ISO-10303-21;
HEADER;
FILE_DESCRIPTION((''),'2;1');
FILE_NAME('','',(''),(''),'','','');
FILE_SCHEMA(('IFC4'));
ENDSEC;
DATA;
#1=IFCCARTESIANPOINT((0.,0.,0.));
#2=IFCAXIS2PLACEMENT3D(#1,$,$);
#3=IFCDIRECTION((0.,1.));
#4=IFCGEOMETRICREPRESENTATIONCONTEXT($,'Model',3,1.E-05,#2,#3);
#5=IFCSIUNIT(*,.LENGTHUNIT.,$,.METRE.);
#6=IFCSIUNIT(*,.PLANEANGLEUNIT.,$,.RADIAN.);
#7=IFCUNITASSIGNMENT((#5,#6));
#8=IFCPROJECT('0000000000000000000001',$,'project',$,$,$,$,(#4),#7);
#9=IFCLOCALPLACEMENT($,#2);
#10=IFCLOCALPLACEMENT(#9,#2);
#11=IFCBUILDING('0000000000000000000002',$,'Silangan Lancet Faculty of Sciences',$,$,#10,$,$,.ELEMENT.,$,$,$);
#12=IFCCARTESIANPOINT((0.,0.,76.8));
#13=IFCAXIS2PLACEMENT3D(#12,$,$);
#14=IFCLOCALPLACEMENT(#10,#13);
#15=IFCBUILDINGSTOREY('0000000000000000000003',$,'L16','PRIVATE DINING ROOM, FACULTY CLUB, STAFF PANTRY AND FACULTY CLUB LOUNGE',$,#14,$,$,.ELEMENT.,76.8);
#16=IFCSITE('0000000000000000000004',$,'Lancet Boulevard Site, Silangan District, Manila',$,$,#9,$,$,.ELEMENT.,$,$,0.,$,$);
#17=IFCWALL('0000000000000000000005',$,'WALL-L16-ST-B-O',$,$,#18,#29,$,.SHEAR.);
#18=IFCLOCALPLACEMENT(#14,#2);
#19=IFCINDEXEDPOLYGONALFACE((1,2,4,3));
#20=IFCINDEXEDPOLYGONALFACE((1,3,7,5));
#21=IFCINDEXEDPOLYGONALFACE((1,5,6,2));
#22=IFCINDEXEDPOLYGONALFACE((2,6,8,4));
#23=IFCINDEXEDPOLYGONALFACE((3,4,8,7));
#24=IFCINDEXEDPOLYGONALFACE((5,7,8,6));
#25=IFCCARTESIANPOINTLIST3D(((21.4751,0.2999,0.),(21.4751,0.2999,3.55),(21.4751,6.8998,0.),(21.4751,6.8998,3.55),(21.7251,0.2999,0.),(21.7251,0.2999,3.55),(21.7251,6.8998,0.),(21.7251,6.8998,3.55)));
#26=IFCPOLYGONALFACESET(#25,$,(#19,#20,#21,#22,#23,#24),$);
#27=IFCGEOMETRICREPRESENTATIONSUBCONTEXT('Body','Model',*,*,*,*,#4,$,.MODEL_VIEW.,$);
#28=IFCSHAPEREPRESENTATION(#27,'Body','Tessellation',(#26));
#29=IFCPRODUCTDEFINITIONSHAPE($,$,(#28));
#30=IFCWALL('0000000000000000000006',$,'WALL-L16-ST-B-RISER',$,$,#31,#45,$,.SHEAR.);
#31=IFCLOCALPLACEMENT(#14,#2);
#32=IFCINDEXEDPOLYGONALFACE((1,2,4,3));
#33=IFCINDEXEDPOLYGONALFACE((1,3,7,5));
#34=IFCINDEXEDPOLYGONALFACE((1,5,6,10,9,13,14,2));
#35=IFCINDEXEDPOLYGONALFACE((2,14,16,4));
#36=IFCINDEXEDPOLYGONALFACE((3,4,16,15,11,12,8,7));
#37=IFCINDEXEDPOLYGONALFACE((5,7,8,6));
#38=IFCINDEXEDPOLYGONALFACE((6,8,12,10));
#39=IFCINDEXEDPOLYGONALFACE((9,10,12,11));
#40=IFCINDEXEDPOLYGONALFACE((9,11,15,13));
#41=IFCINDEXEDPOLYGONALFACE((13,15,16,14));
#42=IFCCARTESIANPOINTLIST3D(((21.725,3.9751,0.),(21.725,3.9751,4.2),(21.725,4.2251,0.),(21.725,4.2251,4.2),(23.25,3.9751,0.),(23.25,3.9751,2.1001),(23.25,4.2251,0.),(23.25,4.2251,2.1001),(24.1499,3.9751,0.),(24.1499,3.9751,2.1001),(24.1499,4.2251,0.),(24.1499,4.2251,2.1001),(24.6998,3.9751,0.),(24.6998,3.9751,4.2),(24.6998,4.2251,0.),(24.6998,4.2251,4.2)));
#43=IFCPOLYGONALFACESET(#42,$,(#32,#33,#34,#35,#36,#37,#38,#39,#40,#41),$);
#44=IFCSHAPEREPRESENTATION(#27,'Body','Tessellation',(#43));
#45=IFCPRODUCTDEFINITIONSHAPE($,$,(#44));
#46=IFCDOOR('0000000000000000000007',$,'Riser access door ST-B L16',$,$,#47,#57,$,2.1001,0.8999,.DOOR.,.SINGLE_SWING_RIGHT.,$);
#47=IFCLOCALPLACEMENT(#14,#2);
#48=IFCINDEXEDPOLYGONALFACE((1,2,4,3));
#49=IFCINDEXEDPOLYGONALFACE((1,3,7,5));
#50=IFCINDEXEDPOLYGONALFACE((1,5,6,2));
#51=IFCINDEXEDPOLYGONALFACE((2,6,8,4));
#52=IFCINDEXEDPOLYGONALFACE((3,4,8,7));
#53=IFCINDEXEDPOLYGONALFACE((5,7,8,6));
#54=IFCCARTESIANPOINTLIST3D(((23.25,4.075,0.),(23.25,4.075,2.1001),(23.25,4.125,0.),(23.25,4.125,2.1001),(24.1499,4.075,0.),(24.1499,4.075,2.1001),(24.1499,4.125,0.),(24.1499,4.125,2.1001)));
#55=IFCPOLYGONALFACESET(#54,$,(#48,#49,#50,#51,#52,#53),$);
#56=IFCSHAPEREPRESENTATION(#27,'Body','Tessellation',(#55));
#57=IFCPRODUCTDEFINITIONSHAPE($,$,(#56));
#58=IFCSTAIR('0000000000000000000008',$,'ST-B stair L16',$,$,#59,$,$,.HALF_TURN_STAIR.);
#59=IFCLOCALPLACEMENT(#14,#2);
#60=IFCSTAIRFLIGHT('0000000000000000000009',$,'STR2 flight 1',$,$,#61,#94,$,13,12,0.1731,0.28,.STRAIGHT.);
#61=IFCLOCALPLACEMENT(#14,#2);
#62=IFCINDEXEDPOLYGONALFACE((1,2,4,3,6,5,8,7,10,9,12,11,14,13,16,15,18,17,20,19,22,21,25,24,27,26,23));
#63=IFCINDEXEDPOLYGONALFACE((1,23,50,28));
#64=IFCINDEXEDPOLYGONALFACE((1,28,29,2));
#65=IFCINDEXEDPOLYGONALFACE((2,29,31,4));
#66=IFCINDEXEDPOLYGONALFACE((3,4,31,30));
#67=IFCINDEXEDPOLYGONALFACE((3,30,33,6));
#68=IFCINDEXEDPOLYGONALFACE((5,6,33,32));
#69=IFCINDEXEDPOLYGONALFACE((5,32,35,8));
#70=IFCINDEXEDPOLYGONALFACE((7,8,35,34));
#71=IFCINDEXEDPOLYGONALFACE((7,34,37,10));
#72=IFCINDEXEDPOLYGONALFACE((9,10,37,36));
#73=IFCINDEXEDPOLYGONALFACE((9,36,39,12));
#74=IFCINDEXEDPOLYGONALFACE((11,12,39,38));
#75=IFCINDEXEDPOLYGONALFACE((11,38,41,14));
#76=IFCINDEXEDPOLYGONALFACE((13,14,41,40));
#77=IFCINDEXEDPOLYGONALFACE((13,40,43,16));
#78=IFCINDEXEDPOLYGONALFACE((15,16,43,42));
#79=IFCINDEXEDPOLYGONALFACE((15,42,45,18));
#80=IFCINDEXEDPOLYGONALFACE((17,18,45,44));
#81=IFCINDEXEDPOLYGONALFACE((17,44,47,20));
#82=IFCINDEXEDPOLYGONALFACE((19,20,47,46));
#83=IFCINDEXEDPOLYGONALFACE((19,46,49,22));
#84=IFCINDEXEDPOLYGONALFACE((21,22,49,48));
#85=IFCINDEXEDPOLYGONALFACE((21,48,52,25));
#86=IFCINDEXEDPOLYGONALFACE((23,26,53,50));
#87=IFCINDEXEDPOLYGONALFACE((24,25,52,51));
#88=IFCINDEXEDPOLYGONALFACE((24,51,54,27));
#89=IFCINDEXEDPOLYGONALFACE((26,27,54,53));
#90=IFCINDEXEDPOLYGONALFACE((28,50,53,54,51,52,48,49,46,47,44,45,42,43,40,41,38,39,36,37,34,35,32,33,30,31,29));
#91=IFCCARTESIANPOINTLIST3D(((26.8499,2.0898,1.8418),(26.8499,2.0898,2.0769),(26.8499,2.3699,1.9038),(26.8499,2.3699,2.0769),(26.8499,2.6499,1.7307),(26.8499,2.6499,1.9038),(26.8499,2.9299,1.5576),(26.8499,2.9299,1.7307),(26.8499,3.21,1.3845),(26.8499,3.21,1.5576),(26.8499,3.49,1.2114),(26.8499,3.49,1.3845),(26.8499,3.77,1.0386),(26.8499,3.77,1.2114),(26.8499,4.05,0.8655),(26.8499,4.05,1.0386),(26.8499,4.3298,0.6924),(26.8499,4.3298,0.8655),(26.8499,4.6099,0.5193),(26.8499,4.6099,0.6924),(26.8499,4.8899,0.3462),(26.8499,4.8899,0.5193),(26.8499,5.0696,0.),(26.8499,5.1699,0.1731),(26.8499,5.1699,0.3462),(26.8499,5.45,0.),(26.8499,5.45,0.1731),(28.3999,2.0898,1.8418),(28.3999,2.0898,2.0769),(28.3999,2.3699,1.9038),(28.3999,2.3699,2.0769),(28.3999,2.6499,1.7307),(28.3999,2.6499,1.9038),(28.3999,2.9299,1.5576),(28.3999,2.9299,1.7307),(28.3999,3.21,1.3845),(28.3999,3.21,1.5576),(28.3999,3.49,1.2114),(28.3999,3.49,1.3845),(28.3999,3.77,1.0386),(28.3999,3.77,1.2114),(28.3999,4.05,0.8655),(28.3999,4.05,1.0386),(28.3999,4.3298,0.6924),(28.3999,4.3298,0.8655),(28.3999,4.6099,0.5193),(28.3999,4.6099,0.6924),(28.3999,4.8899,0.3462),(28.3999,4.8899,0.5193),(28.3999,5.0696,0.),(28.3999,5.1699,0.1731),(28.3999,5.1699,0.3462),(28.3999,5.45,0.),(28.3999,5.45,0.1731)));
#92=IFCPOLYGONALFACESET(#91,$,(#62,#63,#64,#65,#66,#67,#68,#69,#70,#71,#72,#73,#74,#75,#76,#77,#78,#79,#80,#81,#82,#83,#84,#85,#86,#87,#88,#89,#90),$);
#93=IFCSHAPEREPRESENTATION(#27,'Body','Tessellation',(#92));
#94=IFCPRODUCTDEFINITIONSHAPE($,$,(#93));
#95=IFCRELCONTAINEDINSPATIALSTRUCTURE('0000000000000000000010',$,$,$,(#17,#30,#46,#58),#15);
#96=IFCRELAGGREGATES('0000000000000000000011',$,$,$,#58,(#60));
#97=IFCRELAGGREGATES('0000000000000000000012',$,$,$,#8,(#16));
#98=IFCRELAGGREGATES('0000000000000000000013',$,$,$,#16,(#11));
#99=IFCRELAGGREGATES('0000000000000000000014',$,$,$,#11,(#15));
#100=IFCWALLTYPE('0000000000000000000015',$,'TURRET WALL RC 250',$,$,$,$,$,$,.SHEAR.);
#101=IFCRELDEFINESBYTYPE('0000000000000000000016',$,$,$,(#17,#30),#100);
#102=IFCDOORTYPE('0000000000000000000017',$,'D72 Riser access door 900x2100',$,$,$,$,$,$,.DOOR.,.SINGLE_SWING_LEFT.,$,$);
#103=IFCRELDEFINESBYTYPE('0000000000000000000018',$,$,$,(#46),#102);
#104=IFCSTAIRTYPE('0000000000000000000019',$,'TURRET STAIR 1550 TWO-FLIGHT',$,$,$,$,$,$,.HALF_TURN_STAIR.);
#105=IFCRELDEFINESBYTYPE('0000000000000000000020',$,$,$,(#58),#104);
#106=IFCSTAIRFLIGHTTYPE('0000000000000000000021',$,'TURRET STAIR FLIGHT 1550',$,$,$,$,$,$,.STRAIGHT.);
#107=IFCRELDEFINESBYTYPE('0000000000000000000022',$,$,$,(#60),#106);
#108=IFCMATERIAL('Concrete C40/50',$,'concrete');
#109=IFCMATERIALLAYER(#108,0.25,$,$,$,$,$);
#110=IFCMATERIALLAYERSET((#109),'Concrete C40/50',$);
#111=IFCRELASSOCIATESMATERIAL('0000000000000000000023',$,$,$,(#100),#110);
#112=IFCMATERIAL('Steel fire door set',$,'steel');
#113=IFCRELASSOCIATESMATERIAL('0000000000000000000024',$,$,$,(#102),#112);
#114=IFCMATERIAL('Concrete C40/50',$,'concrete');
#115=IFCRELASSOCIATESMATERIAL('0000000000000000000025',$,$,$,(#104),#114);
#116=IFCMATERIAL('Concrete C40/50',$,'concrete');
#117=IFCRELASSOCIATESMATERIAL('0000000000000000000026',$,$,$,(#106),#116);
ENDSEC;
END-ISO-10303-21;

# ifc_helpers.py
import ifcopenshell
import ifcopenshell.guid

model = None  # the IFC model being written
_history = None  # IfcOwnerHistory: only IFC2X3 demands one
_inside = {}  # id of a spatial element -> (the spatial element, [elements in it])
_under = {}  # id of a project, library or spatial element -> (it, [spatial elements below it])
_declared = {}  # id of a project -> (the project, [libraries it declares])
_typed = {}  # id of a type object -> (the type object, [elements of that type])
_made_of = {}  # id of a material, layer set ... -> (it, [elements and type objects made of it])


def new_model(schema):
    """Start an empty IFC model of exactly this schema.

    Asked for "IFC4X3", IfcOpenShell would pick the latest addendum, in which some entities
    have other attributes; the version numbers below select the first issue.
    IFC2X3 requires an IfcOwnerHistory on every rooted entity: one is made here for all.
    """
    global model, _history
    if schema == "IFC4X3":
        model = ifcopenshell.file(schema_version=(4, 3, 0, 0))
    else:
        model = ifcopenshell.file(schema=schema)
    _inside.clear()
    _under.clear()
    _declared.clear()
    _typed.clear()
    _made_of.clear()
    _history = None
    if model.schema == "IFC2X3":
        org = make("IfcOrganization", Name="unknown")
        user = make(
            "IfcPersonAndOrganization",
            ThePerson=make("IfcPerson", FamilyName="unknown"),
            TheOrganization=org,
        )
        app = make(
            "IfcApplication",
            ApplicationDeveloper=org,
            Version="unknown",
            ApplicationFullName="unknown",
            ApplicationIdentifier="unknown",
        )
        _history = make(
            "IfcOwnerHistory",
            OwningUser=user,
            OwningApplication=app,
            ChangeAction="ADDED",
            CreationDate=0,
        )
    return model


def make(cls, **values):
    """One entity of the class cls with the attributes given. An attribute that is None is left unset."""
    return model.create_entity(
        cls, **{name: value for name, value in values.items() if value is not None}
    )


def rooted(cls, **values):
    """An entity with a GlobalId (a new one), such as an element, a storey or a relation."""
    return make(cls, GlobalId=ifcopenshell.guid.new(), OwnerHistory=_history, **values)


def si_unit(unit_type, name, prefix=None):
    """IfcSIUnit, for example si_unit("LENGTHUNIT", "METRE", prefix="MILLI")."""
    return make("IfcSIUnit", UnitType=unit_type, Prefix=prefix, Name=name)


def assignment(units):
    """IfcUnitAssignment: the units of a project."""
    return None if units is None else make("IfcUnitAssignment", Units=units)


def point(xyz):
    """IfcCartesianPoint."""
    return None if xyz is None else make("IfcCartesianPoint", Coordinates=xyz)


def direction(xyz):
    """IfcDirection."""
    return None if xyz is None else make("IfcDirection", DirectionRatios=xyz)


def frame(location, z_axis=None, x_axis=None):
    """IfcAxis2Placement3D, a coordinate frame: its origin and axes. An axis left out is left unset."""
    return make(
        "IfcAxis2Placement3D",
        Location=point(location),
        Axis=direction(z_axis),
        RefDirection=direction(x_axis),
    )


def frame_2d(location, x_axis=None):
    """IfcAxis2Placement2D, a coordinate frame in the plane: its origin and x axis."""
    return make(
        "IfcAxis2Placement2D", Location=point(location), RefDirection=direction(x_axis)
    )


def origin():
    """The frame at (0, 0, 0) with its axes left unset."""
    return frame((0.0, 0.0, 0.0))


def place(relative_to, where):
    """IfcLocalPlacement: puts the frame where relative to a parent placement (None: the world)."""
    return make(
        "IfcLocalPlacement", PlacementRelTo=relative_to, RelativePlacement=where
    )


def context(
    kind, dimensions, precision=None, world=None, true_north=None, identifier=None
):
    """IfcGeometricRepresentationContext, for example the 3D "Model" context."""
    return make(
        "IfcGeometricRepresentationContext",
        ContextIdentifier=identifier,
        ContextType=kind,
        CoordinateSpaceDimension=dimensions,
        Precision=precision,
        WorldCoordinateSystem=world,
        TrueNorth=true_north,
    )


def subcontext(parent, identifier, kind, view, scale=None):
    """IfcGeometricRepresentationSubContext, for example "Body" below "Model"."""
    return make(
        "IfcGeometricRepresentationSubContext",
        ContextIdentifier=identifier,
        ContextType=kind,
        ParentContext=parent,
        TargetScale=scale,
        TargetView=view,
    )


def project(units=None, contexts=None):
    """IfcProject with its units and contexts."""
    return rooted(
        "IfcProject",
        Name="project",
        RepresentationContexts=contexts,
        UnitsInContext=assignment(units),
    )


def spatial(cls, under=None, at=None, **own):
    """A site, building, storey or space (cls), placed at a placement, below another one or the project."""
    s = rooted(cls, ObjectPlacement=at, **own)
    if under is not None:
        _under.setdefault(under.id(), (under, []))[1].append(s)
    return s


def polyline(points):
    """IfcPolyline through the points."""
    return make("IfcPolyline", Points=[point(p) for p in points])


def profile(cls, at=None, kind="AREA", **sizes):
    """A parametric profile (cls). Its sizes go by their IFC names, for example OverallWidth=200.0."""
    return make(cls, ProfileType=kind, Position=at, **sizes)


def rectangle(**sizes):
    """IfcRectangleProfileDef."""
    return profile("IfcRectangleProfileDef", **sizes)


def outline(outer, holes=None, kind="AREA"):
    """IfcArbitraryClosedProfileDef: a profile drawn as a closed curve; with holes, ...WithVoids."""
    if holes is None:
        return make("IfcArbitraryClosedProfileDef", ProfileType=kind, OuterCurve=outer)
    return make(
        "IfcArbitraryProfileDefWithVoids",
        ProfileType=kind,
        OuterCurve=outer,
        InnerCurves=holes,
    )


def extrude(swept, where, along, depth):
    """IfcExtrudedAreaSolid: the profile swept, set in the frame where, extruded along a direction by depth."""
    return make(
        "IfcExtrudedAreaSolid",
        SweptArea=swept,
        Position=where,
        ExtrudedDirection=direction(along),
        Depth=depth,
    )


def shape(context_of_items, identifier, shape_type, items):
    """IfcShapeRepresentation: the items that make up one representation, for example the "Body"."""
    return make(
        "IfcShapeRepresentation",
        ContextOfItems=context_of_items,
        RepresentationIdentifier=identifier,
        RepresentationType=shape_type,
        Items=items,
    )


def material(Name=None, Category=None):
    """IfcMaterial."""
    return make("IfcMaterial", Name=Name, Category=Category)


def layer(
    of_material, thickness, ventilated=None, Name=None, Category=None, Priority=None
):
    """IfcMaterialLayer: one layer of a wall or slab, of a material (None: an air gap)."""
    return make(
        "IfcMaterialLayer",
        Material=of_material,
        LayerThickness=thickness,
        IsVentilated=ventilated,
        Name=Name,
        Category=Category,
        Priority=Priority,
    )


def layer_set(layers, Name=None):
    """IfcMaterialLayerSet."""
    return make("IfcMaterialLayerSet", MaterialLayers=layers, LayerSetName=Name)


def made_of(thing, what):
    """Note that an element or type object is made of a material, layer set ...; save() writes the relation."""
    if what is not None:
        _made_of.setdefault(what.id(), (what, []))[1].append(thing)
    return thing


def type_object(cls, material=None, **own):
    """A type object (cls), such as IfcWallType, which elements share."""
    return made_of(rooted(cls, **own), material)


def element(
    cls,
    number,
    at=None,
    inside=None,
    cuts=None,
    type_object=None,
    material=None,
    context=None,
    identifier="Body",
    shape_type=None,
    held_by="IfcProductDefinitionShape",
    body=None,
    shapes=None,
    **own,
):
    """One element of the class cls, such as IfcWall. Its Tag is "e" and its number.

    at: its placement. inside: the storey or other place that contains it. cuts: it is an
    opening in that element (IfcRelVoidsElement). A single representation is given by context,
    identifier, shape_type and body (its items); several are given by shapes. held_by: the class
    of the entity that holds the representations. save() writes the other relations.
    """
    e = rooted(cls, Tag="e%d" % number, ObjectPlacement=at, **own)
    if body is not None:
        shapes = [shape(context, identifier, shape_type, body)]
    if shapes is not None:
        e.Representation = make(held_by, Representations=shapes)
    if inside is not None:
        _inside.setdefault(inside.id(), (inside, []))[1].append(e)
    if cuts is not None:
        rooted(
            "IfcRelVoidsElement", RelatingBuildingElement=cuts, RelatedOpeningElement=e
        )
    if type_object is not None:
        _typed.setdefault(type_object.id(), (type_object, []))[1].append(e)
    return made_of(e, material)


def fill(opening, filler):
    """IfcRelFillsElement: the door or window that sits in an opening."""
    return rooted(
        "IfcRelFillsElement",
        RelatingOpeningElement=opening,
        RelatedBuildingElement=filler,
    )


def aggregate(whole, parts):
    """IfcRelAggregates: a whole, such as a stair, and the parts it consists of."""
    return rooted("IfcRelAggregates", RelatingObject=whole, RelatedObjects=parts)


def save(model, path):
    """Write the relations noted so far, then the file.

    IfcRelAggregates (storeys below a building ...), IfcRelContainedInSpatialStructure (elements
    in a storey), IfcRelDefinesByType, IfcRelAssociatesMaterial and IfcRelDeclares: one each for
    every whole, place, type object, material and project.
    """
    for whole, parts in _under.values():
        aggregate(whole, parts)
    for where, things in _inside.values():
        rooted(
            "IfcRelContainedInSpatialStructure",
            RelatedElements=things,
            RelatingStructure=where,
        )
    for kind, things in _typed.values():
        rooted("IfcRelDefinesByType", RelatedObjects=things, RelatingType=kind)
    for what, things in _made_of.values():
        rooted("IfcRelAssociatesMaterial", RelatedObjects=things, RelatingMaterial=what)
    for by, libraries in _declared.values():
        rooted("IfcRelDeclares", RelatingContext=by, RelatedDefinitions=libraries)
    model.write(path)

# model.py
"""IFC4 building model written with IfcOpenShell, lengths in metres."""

from ifc_helpers import new_model, si_unit, direction, frame, frame_2d, origin, place, context, subcontext, project, spatial, polyline, rectangle, outline, extrude, material, layer, layer_set, type_object, element, fill, aggregate, save


model = new_model("IFC4")

# Units and contexts
model_context = context("Model", 3, precision=1e-05, world=origin(), true_north=direction((0.0, 1.0)))
body_context = subcontext(model_context, "Body", "Model", "MODEL_VIEW")
ifc_project = project(units=[si_unit("LENGTHUNIT", "METRE"), si_unit("PLANEANGLEUNIT", "RADIAN")], contexts=[model_context])

# Site, building, storey
site_placement = place(None, origin())
site = spatial("IfcSite", under=ifc_project, at=site_placement, Name="Lancet Boulevard Site, Silangan District, Manila", CompositionType="ELEMENT", RefElevation=0.0)
building_placement = place(site_placement, origin())
building = spatial("IfcBuilding", under=site, at=building_placement, Name="Silangan Lancet Faculty of Sciences", CompositionType="ELEMENT")
storey_placement = place(building_placement, frame((0.0, 0.0, 76.8)))
storey = spatial("IfcBuildingStorey", under=building, at=storey_placement, Name="L16", Description="PRIVATE DINING ROOM, FACULTY CLUB, STAFF PANTRY AND FACULTY CLUB LOUNGE", CompositionType="ELEMENT", Elevation=76.8)

# Shared definitions
ifc_material_1 = material(Name="Concrete C40/50", Category="concrete")
ifc_layer_1 = layer(ifc_material_1, 0.25)
ifc_layer_set_1 = layer_set([ifc_layer_1], Name="Concrete C40/50")
wall_type_1 = type_object("IfcWallType", Name="TURRET WALL RC 250", PredefinedType="SHEAR", material=ifc_layer_set_1)

# Wall
wall_1_placement = place(storey_placement, frame((21.6001, 0.3, 0.0), z_axis=(0.0, 0.0, 1.0), x_axis=(0.0, 1.0, 0.0)))
element("IfcWall", 1, at=wall_1_placement, inside=storey, type_object=wall_type_1, Name="WALL-L16-ST-B-O", PredefinedType="SHEAR", context=body_context, shape_type="SweptSolid", body=[
    extrude(rectangle(XDim=6.5999, YDim=0.25, at=frame_2d((3.2998, 0.0))), origin(), (0.0, 0.0, 1.0), 3.55),
])

# Wall, opening, door
wall_2_placement = place(storey_placement, frame((21.7251, 4.1001, 0.0), z_axis=(0.0, 0.0, 1.0), x_axis=(1.0, 0.0, 0.0)))
wall_2 = element("IfcWall", 2, at=wall_2_placement, inside=storey, type_object=wall_type_1, Name="WALL-L16-ST-B-RISER", PredefinedType="SHEAR", context=body_context, shape_type="SweptSolid", body=[
    extrude(rectangle(XDim=2.9749, YDim=0.25, at=frame_2d((1.4873, 0.0))), origin(), (0.0, 0.0, 1.0), 4.2),
])
opening_1_placement = place(wall_2_placement, frame((1.5249, 0.0, 0.0)))
opening_1 = element("IfcOpeningElement", 3, at=opening_1_placement, cuts=wall_2, PredefinedType="OPENING", context=body_context, shape_type="SweptSolid", body=[
    extrude(rectangle(XDim=0.8999, YDim=2.1001, at=frame_2d((0.45, 1.05))), frame((0.0, 0.135, 0.0), z_axis=(0.0, -1.0, 0.0), x_axis=(1.0, 0.0, 0.0)), (0.0, 0.0, 1.0), 0.27),
])
ifc_material_2 = material(Name="Steel fire door set", Category="steel")
door_type_1 = type_object("IfcDoorType", Name="D72 Riser access door 900x2100", OperationType="SINGLE_SWING_LEFT", PredefinedType="DOOR", material=ifc_material_2)
door_1_placement = place(opening_1_placement, frame((0.8999, 0.0, 0.0), z_axis=(0.0, 0.0, 1.0), x_axis=(-1.0, 0.0, 0.0)))
door_1 = element("IfcDoor", 4, at=door_1_placement, inside=storey, type_object=door_type_1, Name="Riser access door ST-B L16", OperationType="SINGLE_SWING_RIGHT", OverallHeight=2.1001, OverallWidth=0.8999, PredefinedType="DOOR", context=body_context, shape_type="SweptSolid", body=[
    extrude(rectangle(XDim=0.8999, YDim=2.1001, at=frame_2d((0.45, 1.05))), frame((0.0, 0.0251, 0.0), z_axis=(0.0, -1.0, 0.0), x_axis=(1.0, 0.0, 0.0)), (0.0, 0.0, 1.0), 0.05),
])
fill(opening_1, door_1)

# Stair, stair flight
ifc_material_3 = material(Name="Concrete C40/50", Category="concrete")
stair_type = type_object("IfcStairType", Name="TURRET STAIR 1550 TWO-FLIGHT", PredefinedType="HALF_TURN_STAIR", material=ifc_material_3)
stair_placement = place(storey_placement, origin())
stair = element("IfcStair", 5, at=stair_placement, inside=storey, type_object=stair_type, Name="ST-B stair L16", PredefinedType="HALF_TURN_STAIR")
ifc_material_4 = material(Name="Concrete C40/50", Category="concrete")
stair_flight_type = type_object("IfcStairFlightType", Name="TURRET STAIR FLIGHT 1550", PredefinedType="STRAIGHT", material=ifc_material_4)
stair_flight_placement = place(storey_placement, frame((27.625, 5.45, 0.0), z_axis=(0.0, 0.0, 1.0), x_axis=(0.0, -1.0, 0.0)))
stair_flight = element("IfcStairFlight", 6, at=stair_flight_placement, type_object=stair_flight_type, Name="STR2 flight 1", NumberOfRisers=13, NumberOfTreads=12, PredefinedType="STRAIGHT", RiserHeight=0.1731, TreadLength=0.28, context=body_context, shape_type="SweptSolid", body=[
    extrude(outline(polyline([(0.0, 0.0), (0.0, 0.1731), (0.28, 0.1731), (0.28, 0.3462), (0.5601, 0.3462), (0.5601, 0.5193), (0.8401, 0.5193), (0.8401, 0.6924), (1.1201, 0.6924), (1.1201, 0.8655), (1.3999, 0.8655), (1.3999, 1.0386), (1.6799, 1.0386), (1.6799, 1.2114), (1.96, 1.2114), (1.96, 1.3845), (2.24, 1.3845), (2.24, 1.5576), (2.52, 1.5576), (2.52, 1.7307), (2.8, 1.7307), (2.8, 1.9038), (3.0801, 1.9038), (3.0801, 2.0769), (3.3601, 2.0769), (3.3601, 2.25), (3.3601, 1.8418), (0.3804, 0.0), (0.0, 0.0)])), frame((0.0, 0.7749, 0.0), z_axis=(0.0, -1.0, 0.0), x_axis=(1.0, 0.0, 0.0)), (0.0, 0.0, 1.0), 1.55),
])
aggregate(stair, [stair_flight])

save(model, "model.ifc")
